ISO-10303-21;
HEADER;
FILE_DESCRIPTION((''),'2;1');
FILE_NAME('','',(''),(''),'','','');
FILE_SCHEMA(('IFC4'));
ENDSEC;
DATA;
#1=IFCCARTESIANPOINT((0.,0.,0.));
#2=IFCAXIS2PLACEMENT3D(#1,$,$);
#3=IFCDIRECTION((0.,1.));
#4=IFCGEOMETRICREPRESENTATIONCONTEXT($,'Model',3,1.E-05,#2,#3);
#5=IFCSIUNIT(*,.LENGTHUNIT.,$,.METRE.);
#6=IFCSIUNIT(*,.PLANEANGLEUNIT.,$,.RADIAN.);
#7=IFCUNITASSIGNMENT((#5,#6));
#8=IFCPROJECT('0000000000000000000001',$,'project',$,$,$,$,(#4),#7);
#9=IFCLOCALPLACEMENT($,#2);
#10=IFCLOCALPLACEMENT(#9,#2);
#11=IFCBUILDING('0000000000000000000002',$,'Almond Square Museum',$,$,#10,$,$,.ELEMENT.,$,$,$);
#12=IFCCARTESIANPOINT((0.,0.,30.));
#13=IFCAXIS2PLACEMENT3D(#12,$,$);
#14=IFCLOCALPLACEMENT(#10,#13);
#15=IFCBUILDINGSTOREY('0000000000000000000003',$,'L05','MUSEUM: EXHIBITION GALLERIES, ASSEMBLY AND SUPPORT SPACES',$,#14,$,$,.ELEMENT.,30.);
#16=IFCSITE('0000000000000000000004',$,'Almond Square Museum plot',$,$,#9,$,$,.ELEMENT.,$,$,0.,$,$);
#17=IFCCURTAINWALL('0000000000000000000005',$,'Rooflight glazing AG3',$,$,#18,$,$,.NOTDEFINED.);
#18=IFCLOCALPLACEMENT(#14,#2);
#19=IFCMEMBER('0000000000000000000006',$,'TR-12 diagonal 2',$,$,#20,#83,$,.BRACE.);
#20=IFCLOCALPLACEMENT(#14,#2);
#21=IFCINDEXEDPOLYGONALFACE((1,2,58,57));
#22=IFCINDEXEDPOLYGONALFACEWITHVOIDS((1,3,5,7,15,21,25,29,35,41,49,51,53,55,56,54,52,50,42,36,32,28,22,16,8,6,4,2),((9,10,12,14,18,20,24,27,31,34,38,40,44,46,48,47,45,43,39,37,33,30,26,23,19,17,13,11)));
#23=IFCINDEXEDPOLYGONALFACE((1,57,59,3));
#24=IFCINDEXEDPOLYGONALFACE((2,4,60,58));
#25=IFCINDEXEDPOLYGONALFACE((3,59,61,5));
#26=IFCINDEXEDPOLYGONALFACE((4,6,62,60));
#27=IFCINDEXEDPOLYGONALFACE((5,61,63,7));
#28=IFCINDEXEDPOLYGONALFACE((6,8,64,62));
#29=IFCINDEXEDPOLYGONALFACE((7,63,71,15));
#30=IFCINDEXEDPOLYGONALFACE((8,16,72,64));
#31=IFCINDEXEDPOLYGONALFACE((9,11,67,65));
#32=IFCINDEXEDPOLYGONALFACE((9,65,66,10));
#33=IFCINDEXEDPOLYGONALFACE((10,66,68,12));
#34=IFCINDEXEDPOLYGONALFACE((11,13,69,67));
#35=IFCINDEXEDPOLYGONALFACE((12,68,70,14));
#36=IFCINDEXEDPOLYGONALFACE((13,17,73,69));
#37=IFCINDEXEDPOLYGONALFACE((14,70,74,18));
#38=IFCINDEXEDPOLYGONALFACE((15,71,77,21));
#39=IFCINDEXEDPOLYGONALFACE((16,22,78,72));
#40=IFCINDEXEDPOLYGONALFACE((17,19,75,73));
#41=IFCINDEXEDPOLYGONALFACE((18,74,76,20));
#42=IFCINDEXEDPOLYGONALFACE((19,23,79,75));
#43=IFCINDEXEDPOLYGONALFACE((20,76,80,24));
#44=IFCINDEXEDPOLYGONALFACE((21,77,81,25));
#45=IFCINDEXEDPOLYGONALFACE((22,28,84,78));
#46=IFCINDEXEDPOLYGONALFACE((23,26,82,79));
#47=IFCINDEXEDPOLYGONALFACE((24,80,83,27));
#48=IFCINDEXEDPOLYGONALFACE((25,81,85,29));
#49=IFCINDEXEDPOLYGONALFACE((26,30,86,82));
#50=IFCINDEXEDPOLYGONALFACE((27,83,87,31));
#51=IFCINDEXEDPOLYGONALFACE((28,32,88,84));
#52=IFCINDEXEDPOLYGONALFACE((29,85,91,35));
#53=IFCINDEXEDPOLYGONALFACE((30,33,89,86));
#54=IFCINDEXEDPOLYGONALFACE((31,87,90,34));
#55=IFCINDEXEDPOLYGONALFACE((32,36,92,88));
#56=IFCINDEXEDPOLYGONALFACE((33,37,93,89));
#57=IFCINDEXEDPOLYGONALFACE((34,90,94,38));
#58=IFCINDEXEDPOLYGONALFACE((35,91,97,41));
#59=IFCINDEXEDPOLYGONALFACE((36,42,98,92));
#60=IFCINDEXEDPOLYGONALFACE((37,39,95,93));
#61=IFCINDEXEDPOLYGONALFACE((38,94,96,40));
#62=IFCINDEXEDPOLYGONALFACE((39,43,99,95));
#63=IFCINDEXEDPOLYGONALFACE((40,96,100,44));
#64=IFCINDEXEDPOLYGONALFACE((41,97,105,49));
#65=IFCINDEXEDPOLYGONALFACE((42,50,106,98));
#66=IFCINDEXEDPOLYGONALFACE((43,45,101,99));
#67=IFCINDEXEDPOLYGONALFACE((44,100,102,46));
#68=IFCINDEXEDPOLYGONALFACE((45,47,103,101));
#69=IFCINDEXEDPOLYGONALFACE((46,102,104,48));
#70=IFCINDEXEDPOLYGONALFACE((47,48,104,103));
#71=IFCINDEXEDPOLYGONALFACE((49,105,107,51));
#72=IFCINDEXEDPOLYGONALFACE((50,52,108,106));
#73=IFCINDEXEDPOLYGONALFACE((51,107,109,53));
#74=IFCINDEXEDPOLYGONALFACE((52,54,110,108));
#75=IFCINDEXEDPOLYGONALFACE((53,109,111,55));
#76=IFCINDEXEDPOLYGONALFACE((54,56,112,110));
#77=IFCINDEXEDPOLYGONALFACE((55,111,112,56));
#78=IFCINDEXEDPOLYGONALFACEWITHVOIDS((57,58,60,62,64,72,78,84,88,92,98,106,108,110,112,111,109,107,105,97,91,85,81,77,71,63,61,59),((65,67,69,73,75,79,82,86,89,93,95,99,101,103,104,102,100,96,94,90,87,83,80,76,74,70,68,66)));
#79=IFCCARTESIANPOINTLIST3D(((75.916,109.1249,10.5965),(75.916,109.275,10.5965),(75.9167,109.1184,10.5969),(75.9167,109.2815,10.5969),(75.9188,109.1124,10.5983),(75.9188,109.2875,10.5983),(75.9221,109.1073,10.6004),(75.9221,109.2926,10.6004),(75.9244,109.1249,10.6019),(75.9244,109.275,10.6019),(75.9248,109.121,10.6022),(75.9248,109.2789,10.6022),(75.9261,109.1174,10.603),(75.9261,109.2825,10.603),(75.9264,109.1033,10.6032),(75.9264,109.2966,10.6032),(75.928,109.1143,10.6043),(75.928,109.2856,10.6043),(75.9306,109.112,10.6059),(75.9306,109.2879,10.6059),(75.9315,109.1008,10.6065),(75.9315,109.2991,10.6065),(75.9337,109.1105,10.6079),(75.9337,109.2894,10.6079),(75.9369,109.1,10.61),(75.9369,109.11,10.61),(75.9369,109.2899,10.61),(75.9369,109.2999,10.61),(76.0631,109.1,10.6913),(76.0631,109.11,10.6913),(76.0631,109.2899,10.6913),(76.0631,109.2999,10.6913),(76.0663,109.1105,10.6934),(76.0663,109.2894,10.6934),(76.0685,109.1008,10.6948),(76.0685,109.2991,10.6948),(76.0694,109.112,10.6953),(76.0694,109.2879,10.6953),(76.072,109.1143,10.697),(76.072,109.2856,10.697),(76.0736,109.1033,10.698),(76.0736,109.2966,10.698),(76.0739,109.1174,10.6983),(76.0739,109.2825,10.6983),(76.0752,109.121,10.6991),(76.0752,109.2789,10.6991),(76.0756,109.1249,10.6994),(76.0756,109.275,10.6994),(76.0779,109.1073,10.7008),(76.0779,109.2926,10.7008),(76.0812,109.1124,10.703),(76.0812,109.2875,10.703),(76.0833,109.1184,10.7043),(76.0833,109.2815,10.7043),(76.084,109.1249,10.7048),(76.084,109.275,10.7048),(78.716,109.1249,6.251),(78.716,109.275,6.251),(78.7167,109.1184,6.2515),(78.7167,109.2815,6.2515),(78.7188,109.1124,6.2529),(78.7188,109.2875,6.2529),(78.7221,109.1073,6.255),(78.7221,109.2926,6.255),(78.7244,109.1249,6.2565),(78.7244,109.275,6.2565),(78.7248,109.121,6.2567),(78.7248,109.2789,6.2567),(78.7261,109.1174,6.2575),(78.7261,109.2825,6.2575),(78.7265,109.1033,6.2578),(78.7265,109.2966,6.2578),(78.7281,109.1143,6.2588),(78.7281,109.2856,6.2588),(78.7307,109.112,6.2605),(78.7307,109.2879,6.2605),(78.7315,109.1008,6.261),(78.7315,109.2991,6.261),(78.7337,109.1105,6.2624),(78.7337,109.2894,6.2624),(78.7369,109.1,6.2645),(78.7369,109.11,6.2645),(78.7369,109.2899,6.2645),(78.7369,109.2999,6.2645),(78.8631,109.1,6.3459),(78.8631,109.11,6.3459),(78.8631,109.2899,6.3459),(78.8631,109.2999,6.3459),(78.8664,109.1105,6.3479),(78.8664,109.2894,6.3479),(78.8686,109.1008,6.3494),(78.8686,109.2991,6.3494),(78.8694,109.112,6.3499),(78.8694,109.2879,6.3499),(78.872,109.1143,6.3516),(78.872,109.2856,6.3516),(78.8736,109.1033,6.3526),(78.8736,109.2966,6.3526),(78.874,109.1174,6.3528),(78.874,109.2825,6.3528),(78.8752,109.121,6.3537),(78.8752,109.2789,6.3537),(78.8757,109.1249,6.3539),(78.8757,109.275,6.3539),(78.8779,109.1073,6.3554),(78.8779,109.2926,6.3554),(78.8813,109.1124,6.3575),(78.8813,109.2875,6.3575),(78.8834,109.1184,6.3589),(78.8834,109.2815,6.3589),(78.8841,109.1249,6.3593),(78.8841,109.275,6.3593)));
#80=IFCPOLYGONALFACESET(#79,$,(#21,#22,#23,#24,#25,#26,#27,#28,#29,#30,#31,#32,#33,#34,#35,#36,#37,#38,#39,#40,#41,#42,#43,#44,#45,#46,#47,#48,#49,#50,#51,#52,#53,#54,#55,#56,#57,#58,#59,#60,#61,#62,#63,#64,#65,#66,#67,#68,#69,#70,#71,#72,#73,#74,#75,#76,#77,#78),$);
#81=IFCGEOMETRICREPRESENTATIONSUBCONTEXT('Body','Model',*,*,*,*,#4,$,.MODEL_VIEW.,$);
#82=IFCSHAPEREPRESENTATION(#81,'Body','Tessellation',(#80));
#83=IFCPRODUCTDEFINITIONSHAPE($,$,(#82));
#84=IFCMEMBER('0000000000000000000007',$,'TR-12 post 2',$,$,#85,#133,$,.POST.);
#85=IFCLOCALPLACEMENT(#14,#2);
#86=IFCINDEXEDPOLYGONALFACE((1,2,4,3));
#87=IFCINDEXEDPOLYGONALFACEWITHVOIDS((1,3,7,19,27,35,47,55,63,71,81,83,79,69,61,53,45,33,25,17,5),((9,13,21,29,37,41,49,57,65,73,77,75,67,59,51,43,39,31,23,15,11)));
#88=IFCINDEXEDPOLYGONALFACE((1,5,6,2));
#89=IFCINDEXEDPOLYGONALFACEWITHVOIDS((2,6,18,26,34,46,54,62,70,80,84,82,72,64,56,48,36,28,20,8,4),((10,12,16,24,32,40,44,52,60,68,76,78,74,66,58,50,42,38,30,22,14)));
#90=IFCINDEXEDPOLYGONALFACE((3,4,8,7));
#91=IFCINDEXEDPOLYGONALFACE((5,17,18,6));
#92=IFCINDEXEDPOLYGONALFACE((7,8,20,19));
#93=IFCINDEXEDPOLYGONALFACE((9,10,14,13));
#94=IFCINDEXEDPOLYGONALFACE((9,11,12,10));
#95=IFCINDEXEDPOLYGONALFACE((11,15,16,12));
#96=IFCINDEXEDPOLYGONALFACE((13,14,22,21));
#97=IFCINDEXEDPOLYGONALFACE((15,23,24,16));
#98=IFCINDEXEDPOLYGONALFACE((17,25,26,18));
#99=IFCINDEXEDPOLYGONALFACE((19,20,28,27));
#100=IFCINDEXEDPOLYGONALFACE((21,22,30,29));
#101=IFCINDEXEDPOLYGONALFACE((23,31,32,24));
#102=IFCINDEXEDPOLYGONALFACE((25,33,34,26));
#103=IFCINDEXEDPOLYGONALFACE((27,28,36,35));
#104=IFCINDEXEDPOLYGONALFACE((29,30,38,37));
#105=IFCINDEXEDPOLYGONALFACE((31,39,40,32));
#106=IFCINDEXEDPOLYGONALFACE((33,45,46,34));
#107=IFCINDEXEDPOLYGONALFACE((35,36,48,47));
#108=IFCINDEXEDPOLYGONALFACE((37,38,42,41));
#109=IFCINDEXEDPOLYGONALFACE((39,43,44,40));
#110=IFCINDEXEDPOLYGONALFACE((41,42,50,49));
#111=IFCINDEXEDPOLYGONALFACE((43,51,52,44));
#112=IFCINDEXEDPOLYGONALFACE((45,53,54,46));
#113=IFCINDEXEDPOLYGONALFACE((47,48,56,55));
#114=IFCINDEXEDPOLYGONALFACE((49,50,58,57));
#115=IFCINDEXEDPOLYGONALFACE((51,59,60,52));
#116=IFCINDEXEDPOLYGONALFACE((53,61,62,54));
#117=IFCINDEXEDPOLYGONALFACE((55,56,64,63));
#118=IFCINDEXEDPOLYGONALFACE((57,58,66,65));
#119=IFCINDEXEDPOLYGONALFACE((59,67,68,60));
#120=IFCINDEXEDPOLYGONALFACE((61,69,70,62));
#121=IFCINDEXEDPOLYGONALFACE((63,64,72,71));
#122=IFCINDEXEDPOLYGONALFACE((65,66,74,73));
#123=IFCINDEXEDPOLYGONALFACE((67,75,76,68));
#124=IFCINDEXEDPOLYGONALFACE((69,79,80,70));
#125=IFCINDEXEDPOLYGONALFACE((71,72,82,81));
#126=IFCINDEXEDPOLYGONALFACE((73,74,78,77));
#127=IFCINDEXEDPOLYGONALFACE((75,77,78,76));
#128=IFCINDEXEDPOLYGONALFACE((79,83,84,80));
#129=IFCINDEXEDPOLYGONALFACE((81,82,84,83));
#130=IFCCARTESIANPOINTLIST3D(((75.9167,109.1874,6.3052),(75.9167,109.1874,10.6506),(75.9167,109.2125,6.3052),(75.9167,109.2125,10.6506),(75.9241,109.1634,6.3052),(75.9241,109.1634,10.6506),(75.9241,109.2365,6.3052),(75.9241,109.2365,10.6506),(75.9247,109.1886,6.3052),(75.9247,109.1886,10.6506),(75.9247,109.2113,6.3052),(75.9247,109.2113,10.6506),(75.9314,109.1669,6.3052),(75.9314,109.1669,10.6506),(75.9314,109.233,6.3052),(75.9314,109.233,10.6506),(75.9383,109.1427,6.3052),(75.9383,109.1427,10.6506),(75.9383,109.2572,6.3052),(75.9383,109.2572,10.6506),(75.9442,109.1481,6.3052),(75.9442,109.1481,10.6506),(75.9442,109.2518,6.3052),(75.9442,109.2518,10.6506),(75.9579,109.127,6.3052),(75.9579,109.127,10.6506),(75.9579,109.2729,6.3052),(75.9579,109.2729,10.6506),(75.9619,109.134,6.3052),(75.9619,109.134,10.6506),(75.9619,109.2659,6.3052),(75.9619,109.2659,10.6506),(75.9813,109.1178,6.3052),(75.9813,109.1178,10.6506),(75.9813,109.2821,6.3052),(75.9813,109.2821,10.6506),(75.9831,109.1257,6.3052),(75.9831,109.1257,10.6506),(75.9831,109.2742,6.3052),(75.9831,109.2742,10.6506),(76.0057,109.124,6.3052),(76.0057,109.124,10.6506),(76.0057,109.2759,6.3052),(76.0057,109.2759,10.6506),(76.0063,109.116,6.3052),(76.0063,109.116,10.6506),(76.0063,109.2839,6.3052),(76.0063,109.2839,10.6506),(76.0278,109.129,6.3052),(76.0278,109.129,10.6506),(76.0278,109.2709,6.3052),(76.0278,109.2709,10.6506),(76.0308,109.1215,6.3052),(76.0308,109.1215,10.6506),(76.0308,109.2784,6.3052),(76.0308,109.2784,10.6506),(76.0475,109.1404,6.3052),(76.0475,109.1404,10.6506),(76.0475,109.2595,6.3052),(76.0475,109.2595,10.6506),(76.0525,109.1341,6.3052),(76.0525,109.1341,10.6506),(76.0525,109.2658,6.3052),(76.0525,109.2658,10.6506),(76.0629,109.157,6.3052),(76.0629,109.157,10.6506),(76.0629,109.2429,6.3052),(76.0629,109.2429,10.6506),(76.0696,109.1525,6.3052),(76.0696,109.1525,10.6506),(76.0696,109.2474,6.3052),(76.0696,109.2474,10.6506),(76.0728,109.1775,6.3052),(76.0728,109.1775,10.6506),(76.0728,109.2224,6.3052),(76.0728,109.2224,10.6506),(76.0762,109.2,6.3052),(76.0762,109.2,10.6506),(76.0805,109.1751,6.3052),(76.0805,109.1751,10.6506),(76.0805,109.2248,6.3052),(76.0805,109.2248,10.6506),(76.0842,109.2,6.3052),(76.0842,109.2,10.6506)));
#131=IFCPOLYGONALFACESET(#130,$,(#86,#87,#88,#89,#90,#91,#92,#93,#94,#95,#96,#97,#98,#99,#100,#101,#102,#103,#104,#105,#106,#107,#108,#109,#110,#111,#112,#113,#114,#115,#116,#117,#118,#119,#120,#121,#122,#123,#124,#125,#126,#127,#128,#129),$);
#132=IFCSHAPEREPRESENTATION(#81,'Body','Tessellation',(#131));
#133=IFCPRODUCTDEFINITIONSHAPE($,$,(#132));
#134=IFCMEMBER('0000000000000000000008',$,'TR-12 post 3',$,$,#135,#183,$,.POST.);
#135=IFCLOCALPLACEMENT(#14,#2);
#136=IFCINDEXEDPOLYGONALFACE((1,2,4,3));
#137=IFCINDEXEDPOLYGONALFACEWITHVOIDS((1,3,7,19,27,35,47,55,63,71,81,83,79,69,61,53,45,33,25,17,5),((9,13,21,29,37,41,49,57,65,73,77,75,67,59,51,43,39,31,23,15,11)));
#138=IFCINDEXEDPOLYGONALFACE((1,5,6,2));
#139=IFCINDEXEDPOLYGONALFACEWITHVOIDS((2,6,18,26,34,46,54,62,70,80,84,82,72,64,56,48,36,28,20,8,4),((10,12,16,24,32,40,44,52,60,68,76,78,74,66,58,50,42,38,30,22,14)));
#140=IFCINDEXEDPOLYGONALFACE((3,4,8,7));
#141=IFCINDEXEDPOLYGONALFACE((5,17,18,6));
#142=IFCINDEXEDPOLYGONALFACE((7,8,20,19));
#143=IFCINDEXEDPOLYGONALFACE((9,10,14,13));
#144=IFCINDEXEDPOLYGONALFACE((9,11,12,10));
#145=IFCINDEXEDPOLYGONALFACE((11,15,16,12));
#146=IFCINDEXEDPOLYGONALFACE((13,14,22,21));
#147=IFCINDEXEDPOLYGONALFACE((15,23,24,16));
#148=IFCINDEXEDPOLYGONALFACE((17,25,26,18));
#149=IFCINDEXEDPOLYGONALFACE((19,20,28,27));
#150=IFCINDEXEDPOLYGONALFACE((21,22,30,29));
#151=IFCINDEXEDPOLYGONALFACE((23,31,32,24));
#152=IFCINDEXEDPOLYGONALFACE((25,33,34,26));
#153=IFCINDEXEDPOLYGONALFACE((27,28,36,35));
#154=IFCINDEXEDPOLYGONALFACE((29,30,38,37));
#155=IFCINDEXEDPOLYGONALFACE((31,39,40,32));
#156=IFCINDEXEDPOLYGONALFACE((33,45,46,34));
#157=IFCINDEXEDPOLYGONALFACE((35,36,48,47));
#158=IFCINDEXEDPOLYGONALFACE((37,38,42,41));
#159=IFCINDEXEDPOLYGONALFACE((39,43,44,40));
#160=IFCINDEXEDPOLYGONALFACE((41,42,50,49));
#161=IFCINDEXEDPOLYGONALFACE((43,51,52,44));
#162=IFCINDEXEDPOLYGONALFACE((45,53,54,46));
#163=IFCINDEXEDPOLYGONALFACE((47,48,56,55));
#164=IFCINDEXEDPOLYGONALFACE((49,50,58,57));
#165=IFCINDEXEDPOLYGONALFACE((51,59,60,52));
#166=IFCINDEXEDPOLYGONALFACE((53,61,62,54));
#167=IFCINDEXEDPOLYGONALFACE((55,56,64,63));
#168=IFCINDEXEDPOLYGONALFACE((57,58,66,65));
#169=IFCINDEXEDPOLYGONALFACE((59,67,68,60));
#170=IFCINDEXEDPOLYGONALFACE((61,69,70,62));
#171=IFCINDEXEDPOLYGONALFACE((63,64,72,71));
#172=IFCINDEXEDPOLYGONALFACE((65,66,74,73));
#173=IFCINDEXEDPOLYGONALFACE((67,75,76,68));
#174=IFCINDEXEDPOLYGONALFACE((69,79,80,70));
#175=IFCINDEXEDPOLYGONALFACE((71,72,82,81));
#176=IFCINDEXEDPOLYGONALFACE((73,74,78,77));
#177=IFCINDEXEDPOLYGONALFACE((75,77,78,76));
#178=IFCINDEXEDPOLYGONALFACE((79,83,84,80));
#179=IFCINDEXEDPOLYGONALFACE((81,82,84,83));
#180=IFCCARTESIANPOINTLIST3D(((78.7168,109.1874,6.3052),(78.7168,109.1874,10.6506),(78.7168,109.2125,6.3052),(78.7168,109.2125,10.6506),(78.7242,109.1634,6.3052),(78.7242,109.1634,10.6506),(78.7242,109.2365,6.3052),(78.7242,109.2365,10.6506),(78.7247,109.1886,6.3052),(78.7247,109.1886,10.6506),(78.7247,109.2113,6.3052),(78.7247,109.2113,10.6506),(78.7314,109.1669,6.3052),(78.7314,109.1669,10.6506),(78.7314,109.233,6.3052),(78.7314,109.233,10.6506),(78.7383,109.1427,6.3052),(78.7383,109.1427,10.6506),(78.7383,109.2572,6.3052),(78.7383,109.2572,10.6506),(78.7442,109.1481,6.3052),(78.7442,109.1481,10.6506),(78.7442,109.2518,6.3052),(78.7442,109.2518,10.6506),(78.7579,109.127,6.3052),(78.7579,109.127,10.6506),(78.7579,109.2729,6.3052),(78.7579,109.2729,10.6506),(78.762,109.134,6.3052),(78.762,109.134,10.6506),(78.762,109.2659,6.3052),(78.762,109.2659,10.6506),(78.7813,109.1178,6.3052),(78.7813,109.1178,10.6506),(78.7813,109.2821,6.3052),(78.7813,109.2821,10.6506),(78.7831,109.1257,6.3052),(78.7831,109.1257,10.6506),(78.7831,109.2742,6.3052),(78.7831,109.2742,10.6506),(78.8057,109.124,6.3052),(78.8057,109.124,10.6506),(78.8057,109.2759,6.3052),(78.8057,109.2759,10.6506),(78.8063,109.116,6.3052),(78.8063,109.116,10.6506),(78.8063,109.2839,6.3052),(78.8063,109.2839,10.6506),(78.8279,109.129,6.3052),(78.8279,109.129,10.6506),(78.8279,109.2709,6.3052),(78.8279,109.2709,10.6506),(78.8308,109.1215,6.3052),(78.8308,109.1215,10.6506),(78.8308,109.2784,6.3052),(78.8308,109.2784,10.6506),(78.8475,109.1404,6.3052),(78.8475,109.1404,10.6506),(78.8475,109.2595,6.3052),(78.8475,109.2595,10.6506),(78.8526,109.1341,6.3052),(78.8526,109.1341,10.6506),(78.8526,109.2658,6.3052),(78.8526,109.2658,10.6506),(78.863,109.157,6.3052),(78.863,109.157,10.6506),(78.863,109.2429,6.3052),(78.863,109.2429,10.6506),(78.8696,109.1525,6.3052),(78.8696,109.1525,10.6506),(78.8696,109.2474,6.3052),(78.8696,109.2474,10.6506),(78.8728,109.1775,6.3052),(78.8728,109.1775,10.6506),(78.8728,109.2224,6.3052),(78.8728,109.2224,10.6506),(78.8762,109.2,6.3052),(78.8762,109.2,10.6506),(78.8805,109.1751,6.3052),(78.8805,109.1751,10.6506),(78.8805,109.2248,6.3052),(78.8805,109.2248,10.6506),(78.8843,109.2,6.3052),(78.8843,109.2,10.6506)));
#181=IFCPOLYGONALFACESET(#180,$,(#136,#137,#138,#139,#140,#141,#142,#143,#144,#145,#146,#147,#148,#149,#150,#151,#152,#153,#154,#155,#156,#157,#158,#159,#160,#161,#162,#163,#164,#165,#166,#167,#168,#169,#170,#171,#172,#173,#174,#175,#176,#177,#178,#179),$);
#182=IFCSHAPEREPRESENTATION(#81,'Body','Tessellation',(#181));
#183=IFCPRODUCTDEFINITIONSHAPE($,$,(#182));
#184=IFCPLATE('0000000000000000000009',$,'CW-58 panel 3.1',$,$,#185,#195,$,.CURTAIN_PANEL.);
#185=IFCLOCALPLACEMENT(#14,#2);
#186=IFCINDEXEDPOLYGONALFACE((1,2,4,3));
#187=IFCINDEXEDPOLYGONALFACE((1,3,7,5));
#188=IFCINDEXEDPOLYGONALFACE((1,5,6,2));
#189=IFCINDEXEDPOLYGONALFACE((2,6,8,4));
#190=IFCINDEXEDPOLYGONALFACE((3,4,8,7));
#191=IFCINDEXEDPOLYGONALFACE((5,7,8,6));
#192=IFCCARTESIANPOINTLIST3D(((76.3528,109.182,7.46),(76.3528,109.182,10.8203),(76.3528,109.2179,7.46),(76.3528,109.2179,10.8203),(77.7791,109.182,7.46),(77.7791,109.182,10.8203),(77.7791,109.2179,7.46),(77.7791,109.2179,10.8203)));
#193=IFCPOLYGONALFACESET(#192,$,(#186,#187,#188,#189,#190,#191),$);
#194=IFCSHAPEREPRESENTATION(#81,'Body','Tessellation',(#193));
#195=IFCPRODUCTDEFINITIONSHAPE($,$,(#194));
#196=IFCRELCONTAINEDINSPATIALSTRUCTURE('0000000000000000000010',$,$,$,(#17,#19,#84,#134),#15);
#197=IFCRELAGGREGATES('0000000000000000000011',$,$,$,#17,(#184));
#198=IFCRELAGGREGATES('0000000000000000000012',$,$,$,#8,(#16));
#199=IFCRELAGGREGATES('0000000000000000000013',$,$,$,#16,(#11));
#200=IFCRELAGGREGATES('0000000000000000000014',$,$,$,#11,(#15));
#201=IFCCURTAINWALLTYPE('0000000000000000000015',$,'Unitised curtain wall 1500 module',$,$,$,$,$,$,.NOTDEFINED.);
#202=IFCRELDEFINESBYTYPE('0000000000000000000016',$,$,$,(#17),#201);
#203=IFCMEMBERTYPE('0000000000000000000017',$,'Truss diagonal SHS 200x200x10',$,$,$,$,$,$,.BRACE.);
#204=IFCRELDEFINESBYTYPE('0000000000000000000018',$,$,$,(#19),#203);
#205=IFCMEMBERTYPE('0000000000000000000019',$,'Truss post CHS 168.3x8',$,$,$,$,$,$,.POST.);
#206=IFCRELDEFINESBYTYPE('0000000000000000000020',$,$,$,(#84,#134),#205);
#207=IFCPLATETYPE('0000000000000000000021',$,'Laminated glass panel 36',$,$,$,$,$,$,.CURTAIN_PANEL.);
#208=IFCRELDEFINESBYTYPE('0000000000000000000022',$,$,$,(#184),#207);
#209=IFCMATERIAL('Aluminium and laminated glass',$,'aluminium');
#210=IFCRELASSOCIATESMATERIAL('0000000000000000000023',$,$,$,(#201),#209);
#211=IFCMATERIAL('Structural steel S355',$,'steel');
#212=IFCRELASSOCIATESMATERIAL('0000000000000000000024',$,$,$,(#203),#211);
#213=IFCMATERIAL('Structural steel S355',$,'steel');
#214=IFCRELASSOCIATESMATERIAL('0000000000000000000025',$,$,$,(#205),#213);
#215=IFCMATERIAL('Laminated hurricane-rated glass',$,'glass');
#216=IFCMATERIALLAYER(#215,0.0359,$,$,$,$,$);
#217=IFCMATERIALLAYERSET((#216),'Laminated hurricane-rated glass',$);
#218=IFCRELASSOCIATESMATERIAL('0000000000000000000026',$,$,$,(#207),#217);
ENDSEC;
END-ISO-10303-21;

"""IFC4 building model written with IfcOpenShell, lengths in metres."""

from ifc_helpers import new_model, si_unit, direction, frame, origin, origin_2d, place, context, subcontext, project, spatial, rectangle, hollow_rectangle, hollow_circle, extrude, material, layer, layer_set, material_profile, profile_set, type_object, element, aggregate, save


model = new_model("IFC4")

# Units and contexts
model_context = context("Model", 3, precision=1e-05, world=origin(), true_north=direction((0.0, 1.0)))
body_context = subcontext(model_context, "Body", "Model", "MODEL_VIEW")
ifc_project = project(units=[si_unit("LENGTHUNIT", "METRE"), si_unit("PLANEANGLEUNIT", "RADIAN")], contexts=[model_context])

# Site, building, storey
site_placement = place(None, origin())
site = spatial("IfcSite", under=ifc_project, at=site_placement, Name="Almond Square Museum plot", CompositionType="ELEMENT", RefElevation=0.0)
building_placement = place(site_placement, origin())
building = spatial("IfcBuilding", under=site, at=building_placement, Name="Almond Square Museum", CompositionType="ELEMENT")
storey_placement = place(building_placement, frame((0.0, 0.0, 30.0)))
storey = spatial("IfcBuildingStorey", under=building, at=storey_placement, Name="L05", Description="MUSEUM: EXHIBITION GALLERIES, ASSEMBLY AND SUPPORT SPACES", CompositionType="ELEMENT", Elevation=30.0)

# Curtain wall
ifc_material_1 = material(Name="Aluminium and laminated glass", Category="aluminium")
curtain_wall_type = type_object("IfcCurtainWallType", Name="Unitised curtain wall 1500 module", PredefinedType="NOTDEFINED", material=ifc_material_1)
curtain_wall_placement = place(storey_placement, origin())
curtain_wall = element("IfcCurtainWall", 1, at=curtain_wall_placement, inside=storey, type_object=curtain_wall_type, Name="Rooflight glazing AG3", PredefinedType="NOTDEFINED")

# Members
ifc_material_2 = material(Name="Structural steel S355", Category="steel")
ifc_material_profile_1 = material_profile(ifc_material_2, hollow_rectangle(XDim=0.2, YDim=0.2, WallThickness=0.01, InnerFilletRadius=0.0149, OuterFilletRadius=0.0249, at=origin_2d()))
ifc_profile_set_1 = profile_set([ifc_material_profile_1], Name="Structural steel S355")
member_type_1 = type_object("IfcMemberType", Name="Truss diagonal SHS 200x200x10", PredefinedType="BRACE", material=ifc_profile_set_1)
member_1_placement = place(storey_placement, frame((76.0, 109.2, 10.6506), z_axis=(0.541652, 0.0, -0.840603), x_axis=(0.0, 1.0, 0.0)))
element("IfcMember", 2, at=member_1_placement, inside=storey, type_object=member_type_1, Name="TR-12 diagonal 2", PredefinedType="BRACE", context=body_context, shape_type="SweptSolid", body=[
    extrude(hollow_rectangle(XDim=0.2, YDim=0.2, WallThickness=0.01, InnerFilletRadius=0.0149, OuterFilletRadius=0.0249, at=origin_2d()), origin(), (0.0, 0.0, 1.0), 5.1694),
])
ifc_material_3 = material(Name="Structural steel S355", Category="steel")
ifc_material_profile_2 = material_profile(ifc_material_3, hollow_circle(Radius=0.0842, WallThickness=0.0081, at=origin_2d()))
ifc_profile_set_2 = profile_set([ifc_material_profile_2], Name="Structural steel S355")
member_type_2 = type_object("IfcMemberType", Name="Truss post CHS 168.3x8", PredefinedType="POST", material=ifc_profile_set_2)
for number, where, z_axis, x_axis, name in (
    (3, (76.0, 109.2, 6.3052), (0.0, 0.0, 1.0), (1.0, 0.0, 0.0), "TR-12 post 2"),
    (4, (78.8, 109.2, 6.3052), (0.0, 0.0, 1.0), (1.0, 0.0, 0.0), "TR-12 post 3"),
):
    element("IfcMember", number, at=place(storey_placement, frame(where, z_axis=z_axis, x_axis=x_axis)), inside=storey, type_object=member_type_2, Name=name, PredefinedType="POST", context=body_context, shape_type="SweptSolid", body=[
        extrude(hollow_circle(Radius=0.0842, WallThickness=0.0081, at=origin_2d()), origin(), (0.0, 0.0, 1.0), 4.3455),
    ])

# Plate
ifc_material_4 = material(Name="Laminated hurricane-rated glass", Category="glass")
ifc_layer_1 = layer(ifc_material_4, 0.0359)
ifc_layer_set_1 = layer_set([ifc_layer_1], Name="Laminated hurricane-rated glass")
plate_type = type_object("IfcPlateType", Name="Laminated glass panel 36", PredefinedType="CURTAIN_PANEL", material=ifc_layer_set_1)
plate_1_placement = place(storey_placement, frame((77.0659, 109.2, 7.46), z_axis=(0.0, 0.0, 1.0), x_axis=(1.0, 0.0, 0.0)))
plate_1 = element("IfcPlate", 5, at=plate_1_placement, type_object=plate_type, Name="CW-58 panel 3.1", PredefinedType="CURTAIN_PANEL", context=body_context, shape_type="SweptSolid", body=[
    extrude(rectangle(XDim=1.4263, YDim=0.0359, at=origin_2d()), origin(), (0.0, 0.0, 1.0), 3.3604),
])
aggregate(curtain_wall, [plate_1])

save(model, "model.ifc")
